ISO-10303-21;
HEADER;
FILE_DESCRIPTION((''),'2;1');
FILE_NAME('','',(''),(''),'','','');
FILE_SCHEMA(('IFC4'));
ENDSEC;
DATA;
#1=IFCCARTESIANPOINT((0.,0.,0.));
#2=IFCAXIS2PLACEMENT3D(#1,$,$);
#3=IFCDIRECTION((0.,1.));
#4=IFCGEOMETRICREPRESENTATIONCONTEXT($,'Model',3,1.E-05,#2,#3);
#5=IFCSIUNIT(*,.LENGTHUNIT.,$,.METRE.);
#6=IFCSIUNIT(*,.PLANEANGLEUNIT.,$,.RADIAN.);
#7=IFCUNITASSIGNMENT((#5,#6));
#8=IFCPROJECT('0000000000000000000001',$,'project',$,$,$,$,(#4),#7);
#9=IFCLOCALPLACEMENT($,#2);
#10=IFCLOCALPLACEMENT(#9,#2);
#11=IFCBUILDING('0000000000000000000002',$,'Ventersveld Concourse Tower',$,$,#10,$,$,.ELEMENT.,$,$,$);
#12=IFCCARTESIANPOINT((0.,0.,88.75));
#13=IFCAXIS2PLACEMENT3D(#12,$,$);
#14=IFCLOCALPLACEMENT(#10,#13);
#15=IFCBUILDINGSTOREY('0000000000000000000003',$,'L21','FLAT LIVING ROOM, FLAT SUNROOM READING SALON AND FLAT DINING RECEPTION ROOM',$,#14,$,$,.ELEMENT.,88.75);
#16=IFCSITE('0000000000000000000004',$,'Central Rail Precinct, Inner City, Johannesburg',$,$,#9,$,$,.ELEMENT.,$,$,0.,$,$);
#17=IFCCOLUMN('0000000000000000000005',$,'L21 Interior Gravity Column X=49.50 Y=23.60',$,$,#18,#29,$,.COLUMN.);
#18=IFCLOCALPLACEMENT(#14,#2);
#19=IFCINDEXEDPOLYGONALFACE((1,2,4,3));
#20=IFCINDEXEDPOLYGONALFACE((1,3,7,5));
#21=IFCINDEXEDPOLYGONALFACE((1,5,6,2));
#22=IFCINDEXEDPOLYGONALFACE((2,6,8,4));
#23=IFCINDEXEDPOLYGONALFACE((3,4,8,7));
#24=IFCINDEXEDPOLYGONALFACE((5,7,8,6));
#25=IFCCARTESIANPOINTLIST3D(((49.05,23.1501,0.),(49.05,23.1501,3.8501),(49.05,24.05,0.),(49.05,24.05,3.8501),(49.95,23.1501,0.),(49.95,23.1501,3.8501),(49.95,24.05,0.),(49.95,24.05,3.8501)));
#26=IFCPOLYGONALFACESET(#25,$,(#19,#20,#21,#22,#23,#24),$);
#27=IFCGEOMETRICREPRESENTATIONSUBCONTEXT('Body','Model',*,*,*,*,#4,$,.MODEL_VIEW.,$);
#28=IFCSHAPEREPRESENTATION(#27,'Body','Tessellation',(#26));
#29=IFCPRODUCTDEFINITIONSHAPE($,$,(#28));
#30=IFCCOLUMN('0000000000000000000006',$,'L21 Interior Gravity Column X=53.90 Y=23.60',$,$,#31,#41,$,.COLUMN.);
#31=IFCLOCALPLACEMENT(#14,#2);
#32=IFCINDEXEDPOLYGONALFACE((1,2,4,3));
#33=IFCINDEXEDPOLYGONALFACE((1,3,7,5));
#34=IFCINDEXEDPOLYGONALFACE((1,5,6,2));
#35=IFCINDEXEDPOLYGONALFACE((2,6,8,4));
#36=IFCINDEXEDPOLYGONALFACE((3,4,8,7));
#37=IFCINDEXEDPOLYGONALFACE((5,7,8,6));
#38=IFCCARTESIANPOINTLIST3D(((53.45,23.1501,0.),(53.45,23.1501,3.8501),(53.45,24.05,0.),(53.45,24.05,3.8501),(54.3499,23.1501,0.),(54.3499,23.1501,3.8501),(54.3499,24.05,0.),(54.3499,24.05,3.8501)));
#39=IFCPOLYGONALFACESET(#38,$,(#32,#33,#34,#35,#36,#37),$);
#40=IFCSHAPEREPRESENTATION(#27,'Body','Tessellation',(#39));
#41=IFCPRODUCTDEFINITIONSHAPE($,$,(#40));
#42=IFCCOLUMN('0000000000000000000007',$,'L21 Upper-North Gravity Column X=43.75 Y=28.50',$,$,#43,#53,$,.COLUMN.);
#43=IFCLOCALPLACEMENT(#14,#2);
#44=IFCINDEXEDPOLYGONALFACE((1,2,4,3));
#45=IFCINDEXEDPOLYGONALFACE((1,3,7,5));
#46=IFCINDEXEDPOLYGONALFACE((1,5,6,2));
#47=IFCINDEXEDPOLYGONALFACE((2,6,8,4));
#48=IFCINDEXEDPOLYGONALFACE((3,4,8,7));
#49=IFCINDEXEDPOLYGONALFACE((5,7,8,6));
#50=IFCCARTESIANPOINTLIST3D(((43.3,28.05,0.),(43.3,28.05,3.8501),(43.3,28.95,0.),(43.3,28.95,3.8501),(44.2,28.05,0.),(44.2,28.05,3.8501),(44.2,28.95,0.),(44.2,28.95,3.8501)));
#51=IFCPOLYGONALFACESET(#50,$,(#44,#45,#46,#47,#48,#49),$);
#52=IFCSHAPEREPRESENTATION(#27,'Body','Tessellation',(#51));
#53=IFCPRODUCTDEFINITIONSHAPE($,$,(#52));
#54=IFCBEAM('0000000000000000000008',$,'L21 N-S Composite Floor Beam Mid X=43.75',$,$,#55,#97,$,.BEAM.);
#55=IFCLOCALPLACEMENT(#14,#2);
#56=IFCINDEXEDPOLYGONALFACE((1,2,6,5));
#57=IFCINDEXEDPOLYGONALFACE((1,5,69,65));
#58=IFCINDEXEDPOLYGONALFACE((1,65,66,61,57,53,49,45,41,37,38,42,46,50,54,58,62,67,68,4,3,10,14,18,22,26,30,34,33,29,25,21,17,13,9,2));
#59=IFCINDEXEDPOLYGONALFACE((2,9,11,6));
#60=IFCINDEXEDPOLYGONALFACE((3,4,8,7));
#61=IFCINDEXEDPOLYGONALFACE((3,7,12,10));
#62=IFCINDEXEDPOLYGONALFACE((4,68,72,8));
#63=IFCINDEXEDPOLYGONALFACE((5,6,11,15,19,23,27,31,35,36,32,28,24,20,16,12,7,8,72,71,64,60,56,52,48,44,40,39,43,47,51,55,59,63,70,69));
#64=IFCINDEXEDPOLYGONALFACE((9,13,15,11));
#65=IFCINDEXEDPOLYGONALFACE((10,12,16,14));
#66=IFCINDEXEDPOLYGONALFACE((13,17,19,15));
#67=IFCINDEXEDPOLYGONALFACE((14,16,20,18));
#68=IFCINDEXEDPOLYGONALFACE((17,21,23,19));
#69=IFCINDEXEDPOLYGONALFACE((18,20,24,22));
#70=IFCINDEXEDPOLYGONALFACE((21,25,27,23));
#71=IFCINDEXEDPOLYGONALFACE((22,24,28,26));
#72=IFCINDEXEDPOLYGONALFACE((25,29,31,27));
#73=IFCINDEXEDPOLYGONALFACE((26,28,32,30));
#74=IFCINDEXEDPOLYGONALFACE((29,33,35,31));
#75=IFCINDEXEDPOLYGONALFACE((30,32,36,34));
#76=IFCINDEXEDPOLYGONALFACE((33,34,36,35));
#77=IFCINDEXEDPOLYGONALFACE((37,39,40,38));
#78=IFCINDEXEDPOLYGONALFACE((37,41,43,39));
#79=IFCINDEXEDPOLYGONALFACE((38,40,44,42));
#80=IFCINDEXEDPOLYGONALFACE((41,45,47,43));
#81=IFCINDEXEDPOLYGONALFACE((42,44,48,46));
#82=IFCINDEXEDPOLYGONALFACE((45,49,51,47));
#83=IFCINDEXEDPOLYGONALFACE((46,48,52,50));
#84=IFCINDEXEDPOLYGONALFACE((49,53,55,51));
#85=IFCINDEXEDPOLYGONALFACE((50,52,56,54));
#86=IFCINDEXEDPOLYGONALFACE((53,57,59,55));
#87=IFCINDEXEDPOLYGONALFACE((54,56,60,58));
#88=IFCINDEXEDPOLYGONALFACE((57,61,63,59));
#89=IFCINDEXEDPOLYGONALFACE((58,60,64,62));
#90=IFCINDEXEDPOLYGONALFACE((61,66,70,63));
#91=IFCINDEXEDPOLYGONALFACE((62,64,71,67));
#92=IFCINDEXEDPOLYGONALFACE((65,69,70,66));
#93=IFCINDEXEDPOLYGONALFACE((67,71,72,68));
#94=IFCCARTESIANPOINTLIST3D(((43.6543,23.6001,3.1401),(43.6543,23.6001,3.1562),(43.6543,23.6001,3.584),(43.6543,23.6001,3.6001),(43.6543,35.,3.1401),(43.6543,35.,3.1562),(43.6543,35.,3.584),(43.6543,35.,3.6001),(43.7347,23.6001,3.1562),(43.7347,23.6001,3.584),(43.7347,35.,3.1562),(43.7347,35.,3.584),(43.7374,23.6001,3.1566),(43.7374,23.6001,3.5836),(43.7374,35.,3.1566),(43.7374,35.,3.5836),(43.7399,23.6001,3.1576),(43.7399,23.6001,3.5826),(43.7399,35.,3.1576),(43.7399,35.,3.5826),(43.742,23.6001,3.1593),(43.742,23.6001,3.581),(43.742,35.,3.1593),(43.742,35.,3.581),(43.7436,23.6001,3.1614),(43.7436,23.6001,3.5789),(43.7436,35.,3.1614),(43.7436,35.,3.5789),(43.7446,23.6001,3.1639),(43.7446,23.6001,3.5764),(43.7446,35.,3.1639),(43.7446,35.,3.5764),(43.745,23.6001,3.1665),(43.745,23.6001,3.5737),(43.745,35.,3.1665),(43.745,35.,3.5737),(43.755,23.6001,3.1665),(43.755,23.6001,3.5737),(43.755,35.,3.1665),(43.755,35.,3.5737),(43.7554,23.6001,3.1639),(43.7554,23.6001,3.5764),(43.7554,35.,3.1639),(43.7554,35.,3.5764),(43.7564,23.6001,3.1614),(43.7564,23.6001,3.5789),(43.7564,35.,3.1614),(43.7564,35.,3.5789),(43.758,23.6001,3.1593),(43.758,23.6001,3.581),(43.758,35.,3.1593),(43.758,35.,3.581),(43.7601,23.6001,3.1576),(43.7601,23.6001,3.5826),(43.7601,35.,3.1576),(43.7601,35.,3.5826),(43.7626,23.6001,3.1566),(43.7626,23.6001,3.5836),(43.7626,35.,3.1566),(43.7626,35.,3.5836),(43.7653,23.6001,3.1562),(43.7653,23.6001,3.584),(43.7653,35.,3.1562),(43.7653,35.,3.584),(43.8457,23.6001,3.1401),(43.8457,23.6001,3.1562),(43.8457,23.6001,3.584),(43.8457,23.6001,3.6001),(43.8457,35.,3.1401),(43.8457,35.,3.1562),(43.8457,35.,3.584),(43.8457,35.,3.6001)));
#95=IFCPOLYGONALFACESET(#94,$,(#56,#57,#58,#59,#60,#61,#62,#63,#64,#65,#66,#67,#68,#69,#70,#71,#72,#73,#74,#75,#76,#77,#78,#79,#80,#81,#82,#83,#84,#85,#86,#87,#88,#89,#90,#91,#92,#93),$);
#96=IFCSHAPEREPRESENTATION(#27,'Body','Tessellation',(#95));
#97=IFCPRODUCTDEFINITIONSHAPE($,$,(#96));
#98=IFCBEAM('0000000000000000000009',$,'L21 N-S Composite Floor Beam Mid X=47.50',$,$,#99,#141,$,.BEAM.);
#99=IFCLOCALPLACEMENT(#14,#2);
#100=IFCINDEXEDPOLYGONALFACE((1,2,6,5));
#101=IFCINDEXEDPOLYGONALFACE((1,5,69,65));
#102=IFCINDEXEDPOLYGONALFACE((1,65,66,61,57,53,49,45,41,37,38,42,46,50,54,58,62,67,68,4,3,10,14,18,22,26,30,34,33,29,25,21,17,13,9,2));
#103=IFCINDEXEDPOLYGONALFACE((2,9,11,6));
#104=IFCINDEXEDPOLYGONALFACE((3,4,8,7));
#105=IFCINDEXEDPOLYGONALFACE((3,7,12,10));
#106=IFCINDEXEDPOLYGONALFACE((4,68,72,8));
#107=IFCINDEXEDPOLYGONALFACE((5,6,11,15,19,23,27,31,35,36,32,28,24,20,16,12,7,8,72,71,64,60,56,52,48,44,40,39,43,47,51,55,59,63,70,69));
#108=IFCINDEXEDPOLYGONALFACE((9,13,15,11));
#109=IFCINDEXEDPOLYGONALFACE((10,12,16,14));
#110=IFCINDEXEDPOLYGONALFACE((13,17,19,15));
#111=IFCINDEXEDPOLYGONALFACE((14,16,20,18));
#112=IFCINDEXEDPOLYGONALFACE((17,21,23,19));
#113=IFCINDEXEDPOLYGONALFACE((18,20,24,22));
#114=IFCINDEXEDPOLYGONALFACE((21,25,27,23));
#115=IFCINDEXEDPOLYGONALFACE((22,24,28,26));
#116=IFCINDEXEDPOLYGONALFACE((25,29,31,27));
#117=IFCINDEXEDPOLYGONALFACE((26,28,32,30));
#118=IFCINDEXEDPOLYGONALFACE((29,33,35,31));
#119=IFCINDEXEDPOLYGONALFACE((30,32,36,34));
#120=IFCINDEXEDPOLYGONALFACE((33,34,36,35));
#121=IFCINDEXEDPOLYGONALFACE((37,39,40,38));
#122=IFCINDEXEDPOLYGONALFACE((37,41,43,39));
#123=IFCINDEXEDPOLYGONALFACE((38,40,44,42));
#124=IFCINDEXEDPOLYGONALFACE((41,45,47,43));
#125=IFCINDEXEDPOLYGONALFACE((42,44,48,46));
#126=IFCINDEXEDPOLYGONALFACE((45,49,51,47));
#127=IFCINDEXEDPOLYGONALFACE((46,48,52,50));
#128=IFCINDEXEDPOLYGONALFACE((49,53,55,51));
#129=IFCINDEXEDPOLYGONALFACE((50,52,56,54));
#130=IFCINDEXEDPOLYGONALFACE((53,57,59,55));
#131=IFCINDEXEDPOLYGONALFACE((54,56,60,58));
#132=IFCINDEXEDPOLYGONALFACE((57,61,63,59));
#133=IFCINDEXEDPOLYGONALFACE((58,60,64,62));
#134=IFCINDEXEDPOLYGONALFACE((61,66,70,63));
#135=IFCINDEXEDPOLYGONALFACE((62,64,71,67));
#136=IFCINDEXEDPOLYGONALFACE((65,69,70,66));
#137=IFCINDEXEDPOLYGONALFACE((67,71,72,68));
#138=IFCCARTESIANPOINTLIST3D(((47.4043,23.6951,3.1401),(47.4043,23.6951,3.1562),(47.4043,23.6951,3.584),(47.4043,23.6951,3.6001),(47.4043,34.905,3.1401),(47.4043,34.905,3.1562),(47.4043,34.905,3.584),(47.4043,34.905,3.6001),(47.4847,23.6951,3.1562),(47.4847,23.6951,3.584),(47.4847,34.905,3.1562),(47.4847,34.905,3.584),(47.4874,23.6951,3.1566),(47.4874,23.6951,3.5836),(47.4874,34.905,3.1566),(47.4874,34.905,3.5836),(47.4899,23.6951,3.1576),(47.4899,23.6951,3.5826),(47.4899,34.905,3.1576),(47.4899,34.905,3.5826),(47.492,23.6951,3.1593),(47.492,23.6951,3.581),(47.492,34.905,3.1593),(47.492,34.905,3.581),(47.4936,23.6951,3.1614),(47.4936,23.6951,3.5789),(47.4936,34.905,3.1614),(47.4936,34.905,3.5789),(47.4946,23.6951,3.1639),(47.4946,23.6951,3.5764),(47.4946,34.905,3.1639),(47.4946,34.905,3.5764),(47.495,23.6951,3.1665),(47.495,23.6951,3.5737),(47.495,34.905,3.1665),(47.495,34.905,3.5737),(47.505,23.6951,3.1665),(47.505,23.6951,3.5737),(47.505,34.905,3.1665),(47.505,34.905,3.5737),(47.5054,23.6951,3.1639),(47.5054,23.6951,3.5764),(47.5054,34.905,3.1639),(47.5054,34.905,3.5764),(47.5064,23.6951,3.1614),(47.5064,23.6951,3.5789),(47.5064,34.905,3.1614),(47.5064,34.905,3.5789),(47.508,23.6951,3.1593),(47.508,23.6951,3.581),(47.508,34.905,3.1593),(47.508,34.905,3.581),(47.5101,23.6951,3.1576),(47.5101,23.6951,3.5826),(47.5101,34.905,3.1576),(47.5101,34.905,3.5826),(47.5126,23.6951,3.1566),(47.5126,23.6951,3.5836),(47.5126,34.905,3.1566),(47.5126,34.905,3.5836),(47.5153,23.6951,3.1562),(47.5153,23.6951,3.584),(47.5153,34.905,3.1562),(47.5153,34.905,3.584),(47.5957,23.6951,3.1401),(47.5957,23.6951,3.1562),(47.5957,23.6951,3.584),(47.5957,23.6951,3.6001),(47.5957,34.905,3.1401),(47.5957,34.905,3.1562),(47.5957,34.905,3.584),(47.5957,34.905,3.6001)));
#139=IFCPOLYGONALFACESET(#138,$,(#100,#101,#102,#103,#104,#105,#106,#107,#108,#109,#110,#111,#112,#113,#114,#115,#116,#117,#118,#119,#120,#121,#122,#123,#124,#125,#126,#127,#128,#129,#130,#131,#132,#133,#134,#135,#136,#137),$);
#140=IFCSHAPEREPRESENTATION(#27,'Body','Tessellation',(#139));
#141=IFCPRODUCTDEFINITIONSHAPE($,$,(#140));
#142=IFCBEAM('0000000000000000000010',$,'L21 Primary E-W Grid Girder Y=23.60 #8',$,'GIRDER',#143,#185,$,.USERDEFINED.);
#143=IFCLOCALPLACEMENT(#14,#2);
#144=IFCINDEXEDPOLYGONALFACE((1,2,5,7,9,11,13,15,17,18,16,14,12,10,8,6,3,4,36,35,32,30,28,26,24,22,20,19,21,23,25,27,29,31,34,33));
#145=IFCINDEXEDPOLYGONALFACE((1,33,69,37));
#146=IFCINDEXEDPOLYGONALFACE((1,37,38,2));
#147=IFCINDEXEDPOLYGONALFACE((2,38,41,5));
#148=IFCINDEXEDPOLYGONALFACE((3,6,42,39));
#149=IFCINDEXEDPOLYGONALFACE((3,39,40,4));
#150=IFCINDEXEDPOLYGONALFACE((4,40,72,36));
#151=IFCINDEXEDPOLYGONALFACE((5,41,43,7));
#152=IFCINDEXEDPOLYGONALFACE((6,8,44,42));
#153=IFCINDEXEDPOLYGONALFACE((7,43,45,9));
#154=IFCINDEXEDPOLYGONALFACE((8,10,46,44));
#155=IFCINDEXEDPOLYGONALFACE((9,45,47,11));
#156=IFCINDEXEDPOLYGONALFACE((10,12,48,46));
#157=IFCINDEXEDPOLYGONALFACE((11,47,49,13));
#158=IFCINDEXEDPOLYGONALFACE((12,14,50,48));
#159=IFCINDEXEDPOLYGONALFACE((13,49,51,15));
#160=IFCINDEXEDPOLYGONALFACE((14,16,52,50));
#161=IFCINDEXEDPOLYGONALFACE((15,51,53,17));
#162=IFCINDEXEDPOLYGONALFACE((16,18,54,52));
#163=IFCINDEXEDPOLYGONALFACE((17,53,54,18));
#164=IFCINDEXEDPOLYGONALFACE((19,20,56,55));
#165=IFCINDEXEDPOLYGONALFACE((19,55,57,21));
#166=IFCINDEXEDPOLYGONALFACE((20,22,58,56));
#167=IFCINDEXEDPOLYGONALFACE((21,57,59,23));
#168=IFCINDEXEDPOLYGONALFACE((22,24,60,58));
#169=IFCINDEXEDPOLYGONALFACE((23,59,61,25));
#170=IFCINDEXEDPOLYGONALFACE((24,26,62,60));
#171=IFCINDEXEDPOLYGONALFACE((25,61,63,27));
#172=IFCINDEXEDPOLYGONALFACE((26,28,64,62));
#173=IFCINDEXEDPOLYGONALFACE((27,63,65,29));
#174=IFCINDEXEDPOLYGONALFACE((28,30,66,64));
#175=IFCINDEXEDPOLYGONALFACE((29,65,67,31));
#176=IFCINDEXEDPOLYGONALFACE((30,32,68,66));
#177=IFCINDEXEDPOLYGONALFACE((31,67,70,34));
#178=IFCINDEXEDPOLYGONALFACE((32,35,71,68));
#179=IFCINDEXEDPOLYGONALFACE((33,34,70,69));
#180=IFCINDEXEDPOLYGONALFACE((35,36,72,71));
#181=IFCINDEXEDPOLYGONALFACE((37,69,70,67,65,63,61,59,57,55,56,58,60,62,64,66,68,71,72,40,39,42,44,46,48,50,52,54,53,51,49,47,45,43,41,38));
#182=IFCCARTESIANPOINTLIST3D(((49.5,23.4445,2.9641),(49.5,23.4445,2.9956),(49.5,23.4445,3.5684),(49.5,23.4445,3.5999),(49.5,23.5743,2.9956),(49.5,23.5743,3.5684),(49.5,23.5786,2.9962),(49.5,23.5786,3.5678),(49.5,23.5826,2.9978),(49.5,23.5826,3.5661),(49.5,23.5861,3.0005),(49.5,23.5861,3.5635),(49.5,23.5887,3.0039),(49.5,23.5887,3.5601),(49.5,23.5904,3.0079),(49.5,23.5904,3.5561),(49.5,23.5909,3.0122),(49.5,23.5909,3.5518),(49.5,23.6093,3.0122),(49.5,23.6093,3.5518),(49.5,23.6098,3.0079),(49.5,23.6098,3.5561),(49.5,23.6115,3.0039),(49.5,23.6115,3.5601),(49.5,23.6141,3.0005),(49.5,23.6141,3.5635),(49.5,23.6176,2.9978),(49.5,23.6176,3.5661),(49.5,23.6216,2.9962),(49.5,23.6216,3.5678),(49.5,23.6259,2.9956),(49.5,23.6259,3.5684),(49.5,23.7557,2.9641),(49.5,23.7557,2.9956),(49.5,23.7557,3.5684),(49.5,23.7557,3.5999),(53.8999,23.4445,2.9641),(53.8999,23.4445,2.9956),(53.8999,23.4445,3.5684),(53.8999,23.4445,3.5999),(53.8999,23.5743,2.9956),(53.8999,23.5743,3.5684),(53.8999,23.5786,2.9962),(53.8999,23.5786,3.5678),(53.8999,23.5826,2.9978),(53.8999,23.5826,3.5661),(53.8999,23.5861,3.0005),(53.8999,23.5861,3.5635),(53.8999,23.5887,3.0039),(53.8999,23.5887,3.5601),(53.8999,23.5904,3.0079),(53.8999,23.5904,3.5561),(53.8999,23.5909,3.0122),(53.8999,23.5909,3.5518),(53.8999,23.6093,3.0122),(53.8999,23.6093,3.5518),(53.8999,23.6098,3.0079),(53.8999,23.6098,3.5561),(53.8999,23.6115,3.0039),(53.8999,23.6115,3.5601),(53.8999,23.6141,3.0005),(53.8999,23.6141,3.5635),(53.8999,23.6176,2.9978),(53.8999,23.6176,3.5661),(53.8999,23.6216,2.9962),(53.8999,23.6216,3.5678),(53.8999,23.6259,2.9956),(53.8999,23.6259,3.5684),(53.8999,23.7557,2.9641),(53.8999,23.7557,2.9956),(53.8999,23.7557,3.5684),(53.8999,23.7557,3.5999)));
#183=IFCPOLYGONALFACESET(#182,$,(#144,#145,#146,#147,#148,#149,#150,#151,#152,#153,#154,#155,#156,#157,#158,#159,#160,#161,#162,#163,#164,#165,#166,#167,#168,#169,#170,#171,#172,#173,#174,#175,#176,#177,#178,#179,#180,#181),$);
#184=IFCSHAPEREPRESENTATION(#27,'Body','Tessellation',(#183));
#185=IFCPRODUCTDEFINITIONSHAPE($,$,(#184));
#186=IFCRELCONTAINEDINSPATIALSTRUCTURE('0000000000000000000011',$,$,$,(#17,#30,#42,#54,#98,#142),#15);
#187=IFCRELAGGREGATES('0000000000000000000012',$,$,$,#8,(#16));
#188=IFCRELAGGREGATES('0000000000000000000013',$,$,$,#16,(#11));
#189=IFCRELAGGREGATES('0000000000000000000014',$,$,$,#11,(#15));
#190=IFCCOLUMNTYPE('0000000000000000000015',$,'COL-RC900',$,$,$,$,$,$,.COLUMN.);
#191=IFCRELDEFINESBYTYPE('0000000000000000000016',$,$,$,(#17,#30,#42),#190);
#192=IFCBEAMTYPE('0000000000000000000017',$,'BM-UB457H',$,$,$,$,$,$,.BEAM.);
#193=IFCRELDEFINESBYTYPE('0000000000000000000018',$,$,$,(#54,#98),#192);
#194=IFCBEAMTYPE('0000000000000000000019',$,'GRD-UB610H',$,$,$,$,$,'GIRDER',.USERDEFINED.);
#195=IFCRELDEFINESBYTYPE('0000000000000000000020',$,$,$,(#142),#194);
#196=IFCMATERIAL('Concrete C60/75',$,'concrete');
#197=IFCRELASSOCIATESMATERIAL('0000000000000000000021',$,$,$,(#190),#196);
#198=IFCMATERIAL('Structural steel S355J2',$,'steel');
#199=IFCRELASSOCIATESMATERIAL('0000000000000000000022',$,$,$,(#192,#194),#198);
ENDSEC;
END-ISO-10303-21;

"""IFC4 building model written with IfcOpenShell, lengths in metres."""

from ifc_helpers import new_model, si_unit, direction, frame, origin, origin_2d, place, context, subcontext, project, spatial, rectangle, i_section, extrude, material, material_profile, profile_set, type_object, element, save


model = new_model("IFC4")

# Units and contexts
model_context = context("Model", 3, precision=1e-05, world=origin(), true_north=direction((0.0, 1.0)))
body_context = subcontext(model_context, "Body", "Model", "MODEL_VIEW")
ifc_project = project(units=[si_unit("LENGTHUNIT", "METRE"), si_unit("PLANEANGLEUNIT", "RADIAN")], contexts=[model_context])

# Site, building, storey
site_placement = place(None, origin())
site = spatial("IfcSite", under=ifc_project, at=site_placement, Name="Central Rail Precinct, Inner City, Johannesburg", CompositionType="ELEMENT", RefElevation=0.0)
building_placement = place(site_placement, origin())
building = spatial("IfcBuilding", under=site, at=building_placement, Name="Ventersveld Concourse Tower", CompositionType="ELEMENT")
storey_placement = place(building_placement, frame((0.0, 0.0, 88.75)))
storey = spatial("IfcBuildingStorey", under=building, at=storey_placement, Name="L21", Description="FLAT LIVING ROOM, FLAT SUNROOM READING SALON AND FLAT DINING RECEPTION ROOM", CompositionType="ELEMENT", Elevation=88.75)

# Columns
ifc_material_1 = material(Name="Concrete C60/75", Category="concrete")
ifc_material_profile_1 = material_profile(ifc_material_1, rectangle(XDim=0.8999, YDim=0.8999, at=origin_2d()), Name="RC 900x900")
ifc_profile_set_1 = profile_set([ifc_material_profile_1], Name="Concrete C60/75")
column_type = type_object("IfcColumnType", Name="COL-RC900", PredefinedType="COLUMN", material=ifc_profile_set_1)
for number, where, z_axis, x_axis, name in (
    (1, (49.5, 23.6001, 0.0), (0.0, 0.0, 1.0), (1.0, 0.0, 0.0), "L21 Interior Gravity Column X=49.50 Y=23.60"),
    (2, (53.8999, 23.6001, 0.0), (0.0, 0.0, 1.0), (1.0, 0.0, 0.0), "L21 Interior Gravity Column X=53.90 Y=23.60"),
    (3, (43.75, 28.5, 0.0), (0.0, 0.0, 1.0), (1.0, 0.0, 0.0), "L21 Upper-North Gravity Column X=43.75 Y=28.50"),
):
    element("IfcColumn", number, at=place(storey_placement, frame(where, z_axis=z_axis, x_axis=x_axis)), inside=storey, type_object=column_type, Name=name, PredefinedType="COLUMN", context=body_context, shape_type="SweptSolid", body=[
        extrude(rectangle(XDim=0.8999, YDim=0.8999, at=origin_2d()), origin(), (0.0, 0.0, 1.0), 3.8501),
    ])

# Beams
ifc_material_2 = material(Name="Structural steel S355J2", Category="steel")
ifc_material_profile_2 = material_profile(ifc_material_2, i_section(OverallWidth=0.1914, OverallDepth=0.46, WebThickness=0.01, FlangeThickness=0.0161, FilletRadius=0.0103, at=origin_2d()), Name="UB 457x191x82")
ifc_profile_set_2 = profile_set([ifc_material_profile_2], Name="Structural steel S355J2")
beam_type_1 = type_object("IfcBeamType", Name="BM-UB457H", PredefinedType="BEAM", material=ifc_profile_set_2)
beam_1_placement = place(storey_placement, frame((43.75, 23.6001, 3.3701), z_axis=(0.0, 1.0, 0.0), x_axis=(-1.0, 0.0, 0.0)))
element("IfcBeam", 4, at=beam_1_placement, inside=storey, type_object=beam_type_1, Name="L21 N-S Composite Floor Beam Mid X=43.75", PredefinedType="BEAM", context=body_context, shape_type="SweptSolid", body=[
    extrude(i_section(OverallWidth=0.1914, OverallDepth=0.46, WebThickness=0.01, FlangeThickness=0.0161, FilletRadius=0.0103, at=origin_2d()), origin(), (0.0, 0.0, 1.0), 11.3999),
])
beam_2_placement = place(storey_placement, frame((47.5, 23.6951, 3.3701), z_axis=(0.0, 1.0, 0.0), x_axis=(-1.0, 0.0, 0.0)))
element("IfcBeam", 5, at=beam_2_placement, inside=storey, type_object=beam_type_1, Name="L21 N-S Composite Floor Beam Mid X=47.50", PredefinedType="BEAM", context=body_context, shape_type="SweptSolid", body=[
    extrude(i_section(OverallWidth=0.1914, OverallDepth=0.46, WebThickness=0.01, FlangeThickness=0.0161, FilletRadius=0.0103, at=origin_2d()), origin(), (0.0, 0.0, 1.0), 11.21),
])
ifc_material_profile_3 = material_profile(ifc_material_2, i_section(OverallWidth=0.3113, OverallDepth=0.6357, WebThickness=0.0183, FlangeThickness=0.0315, FilletRadius=0.0166, at=origin_2d()), Name="UB 610x305x238")
ifc_profile_set_3 = profile_set([ifc_material_profile_3], Name="Structural steel S355J2")
beam_type_2 = type_object("IfcBeamType", Name="GRD-UB610H", ElementType="GIRDER", PredefinedType="USERDEFINED", material=ifc_profile_set_3)
beam_3_placement = place(storey_placement, frame((49.5, 23.6001, 3.282), z_axis=(1.0, 0.0, 0.0), x_axis=(0.0, 1.0, 0.0)))
element("IfcBeam", 6, at=beam_3_placement, inside=storey, type_object=beam_type_2, Name="L21 Primary E-W Grid Girder Y=23.60 #8", ObjectType="GIRDER", PredefinedType="USERDEFINED", context=body_context, shape_type="SweptSolid", body=[
    extrude(i_section(OverallWidth=0.3113, OverallDepth=0.6357, WebThickness=0.0183, FlangeThickness=0.0315, FilletRadius=0.0166, at=origin_2d()), origin(), (0.0, 0.0, 1.0), 4.3999),
])

save(model, "model.ifc")
